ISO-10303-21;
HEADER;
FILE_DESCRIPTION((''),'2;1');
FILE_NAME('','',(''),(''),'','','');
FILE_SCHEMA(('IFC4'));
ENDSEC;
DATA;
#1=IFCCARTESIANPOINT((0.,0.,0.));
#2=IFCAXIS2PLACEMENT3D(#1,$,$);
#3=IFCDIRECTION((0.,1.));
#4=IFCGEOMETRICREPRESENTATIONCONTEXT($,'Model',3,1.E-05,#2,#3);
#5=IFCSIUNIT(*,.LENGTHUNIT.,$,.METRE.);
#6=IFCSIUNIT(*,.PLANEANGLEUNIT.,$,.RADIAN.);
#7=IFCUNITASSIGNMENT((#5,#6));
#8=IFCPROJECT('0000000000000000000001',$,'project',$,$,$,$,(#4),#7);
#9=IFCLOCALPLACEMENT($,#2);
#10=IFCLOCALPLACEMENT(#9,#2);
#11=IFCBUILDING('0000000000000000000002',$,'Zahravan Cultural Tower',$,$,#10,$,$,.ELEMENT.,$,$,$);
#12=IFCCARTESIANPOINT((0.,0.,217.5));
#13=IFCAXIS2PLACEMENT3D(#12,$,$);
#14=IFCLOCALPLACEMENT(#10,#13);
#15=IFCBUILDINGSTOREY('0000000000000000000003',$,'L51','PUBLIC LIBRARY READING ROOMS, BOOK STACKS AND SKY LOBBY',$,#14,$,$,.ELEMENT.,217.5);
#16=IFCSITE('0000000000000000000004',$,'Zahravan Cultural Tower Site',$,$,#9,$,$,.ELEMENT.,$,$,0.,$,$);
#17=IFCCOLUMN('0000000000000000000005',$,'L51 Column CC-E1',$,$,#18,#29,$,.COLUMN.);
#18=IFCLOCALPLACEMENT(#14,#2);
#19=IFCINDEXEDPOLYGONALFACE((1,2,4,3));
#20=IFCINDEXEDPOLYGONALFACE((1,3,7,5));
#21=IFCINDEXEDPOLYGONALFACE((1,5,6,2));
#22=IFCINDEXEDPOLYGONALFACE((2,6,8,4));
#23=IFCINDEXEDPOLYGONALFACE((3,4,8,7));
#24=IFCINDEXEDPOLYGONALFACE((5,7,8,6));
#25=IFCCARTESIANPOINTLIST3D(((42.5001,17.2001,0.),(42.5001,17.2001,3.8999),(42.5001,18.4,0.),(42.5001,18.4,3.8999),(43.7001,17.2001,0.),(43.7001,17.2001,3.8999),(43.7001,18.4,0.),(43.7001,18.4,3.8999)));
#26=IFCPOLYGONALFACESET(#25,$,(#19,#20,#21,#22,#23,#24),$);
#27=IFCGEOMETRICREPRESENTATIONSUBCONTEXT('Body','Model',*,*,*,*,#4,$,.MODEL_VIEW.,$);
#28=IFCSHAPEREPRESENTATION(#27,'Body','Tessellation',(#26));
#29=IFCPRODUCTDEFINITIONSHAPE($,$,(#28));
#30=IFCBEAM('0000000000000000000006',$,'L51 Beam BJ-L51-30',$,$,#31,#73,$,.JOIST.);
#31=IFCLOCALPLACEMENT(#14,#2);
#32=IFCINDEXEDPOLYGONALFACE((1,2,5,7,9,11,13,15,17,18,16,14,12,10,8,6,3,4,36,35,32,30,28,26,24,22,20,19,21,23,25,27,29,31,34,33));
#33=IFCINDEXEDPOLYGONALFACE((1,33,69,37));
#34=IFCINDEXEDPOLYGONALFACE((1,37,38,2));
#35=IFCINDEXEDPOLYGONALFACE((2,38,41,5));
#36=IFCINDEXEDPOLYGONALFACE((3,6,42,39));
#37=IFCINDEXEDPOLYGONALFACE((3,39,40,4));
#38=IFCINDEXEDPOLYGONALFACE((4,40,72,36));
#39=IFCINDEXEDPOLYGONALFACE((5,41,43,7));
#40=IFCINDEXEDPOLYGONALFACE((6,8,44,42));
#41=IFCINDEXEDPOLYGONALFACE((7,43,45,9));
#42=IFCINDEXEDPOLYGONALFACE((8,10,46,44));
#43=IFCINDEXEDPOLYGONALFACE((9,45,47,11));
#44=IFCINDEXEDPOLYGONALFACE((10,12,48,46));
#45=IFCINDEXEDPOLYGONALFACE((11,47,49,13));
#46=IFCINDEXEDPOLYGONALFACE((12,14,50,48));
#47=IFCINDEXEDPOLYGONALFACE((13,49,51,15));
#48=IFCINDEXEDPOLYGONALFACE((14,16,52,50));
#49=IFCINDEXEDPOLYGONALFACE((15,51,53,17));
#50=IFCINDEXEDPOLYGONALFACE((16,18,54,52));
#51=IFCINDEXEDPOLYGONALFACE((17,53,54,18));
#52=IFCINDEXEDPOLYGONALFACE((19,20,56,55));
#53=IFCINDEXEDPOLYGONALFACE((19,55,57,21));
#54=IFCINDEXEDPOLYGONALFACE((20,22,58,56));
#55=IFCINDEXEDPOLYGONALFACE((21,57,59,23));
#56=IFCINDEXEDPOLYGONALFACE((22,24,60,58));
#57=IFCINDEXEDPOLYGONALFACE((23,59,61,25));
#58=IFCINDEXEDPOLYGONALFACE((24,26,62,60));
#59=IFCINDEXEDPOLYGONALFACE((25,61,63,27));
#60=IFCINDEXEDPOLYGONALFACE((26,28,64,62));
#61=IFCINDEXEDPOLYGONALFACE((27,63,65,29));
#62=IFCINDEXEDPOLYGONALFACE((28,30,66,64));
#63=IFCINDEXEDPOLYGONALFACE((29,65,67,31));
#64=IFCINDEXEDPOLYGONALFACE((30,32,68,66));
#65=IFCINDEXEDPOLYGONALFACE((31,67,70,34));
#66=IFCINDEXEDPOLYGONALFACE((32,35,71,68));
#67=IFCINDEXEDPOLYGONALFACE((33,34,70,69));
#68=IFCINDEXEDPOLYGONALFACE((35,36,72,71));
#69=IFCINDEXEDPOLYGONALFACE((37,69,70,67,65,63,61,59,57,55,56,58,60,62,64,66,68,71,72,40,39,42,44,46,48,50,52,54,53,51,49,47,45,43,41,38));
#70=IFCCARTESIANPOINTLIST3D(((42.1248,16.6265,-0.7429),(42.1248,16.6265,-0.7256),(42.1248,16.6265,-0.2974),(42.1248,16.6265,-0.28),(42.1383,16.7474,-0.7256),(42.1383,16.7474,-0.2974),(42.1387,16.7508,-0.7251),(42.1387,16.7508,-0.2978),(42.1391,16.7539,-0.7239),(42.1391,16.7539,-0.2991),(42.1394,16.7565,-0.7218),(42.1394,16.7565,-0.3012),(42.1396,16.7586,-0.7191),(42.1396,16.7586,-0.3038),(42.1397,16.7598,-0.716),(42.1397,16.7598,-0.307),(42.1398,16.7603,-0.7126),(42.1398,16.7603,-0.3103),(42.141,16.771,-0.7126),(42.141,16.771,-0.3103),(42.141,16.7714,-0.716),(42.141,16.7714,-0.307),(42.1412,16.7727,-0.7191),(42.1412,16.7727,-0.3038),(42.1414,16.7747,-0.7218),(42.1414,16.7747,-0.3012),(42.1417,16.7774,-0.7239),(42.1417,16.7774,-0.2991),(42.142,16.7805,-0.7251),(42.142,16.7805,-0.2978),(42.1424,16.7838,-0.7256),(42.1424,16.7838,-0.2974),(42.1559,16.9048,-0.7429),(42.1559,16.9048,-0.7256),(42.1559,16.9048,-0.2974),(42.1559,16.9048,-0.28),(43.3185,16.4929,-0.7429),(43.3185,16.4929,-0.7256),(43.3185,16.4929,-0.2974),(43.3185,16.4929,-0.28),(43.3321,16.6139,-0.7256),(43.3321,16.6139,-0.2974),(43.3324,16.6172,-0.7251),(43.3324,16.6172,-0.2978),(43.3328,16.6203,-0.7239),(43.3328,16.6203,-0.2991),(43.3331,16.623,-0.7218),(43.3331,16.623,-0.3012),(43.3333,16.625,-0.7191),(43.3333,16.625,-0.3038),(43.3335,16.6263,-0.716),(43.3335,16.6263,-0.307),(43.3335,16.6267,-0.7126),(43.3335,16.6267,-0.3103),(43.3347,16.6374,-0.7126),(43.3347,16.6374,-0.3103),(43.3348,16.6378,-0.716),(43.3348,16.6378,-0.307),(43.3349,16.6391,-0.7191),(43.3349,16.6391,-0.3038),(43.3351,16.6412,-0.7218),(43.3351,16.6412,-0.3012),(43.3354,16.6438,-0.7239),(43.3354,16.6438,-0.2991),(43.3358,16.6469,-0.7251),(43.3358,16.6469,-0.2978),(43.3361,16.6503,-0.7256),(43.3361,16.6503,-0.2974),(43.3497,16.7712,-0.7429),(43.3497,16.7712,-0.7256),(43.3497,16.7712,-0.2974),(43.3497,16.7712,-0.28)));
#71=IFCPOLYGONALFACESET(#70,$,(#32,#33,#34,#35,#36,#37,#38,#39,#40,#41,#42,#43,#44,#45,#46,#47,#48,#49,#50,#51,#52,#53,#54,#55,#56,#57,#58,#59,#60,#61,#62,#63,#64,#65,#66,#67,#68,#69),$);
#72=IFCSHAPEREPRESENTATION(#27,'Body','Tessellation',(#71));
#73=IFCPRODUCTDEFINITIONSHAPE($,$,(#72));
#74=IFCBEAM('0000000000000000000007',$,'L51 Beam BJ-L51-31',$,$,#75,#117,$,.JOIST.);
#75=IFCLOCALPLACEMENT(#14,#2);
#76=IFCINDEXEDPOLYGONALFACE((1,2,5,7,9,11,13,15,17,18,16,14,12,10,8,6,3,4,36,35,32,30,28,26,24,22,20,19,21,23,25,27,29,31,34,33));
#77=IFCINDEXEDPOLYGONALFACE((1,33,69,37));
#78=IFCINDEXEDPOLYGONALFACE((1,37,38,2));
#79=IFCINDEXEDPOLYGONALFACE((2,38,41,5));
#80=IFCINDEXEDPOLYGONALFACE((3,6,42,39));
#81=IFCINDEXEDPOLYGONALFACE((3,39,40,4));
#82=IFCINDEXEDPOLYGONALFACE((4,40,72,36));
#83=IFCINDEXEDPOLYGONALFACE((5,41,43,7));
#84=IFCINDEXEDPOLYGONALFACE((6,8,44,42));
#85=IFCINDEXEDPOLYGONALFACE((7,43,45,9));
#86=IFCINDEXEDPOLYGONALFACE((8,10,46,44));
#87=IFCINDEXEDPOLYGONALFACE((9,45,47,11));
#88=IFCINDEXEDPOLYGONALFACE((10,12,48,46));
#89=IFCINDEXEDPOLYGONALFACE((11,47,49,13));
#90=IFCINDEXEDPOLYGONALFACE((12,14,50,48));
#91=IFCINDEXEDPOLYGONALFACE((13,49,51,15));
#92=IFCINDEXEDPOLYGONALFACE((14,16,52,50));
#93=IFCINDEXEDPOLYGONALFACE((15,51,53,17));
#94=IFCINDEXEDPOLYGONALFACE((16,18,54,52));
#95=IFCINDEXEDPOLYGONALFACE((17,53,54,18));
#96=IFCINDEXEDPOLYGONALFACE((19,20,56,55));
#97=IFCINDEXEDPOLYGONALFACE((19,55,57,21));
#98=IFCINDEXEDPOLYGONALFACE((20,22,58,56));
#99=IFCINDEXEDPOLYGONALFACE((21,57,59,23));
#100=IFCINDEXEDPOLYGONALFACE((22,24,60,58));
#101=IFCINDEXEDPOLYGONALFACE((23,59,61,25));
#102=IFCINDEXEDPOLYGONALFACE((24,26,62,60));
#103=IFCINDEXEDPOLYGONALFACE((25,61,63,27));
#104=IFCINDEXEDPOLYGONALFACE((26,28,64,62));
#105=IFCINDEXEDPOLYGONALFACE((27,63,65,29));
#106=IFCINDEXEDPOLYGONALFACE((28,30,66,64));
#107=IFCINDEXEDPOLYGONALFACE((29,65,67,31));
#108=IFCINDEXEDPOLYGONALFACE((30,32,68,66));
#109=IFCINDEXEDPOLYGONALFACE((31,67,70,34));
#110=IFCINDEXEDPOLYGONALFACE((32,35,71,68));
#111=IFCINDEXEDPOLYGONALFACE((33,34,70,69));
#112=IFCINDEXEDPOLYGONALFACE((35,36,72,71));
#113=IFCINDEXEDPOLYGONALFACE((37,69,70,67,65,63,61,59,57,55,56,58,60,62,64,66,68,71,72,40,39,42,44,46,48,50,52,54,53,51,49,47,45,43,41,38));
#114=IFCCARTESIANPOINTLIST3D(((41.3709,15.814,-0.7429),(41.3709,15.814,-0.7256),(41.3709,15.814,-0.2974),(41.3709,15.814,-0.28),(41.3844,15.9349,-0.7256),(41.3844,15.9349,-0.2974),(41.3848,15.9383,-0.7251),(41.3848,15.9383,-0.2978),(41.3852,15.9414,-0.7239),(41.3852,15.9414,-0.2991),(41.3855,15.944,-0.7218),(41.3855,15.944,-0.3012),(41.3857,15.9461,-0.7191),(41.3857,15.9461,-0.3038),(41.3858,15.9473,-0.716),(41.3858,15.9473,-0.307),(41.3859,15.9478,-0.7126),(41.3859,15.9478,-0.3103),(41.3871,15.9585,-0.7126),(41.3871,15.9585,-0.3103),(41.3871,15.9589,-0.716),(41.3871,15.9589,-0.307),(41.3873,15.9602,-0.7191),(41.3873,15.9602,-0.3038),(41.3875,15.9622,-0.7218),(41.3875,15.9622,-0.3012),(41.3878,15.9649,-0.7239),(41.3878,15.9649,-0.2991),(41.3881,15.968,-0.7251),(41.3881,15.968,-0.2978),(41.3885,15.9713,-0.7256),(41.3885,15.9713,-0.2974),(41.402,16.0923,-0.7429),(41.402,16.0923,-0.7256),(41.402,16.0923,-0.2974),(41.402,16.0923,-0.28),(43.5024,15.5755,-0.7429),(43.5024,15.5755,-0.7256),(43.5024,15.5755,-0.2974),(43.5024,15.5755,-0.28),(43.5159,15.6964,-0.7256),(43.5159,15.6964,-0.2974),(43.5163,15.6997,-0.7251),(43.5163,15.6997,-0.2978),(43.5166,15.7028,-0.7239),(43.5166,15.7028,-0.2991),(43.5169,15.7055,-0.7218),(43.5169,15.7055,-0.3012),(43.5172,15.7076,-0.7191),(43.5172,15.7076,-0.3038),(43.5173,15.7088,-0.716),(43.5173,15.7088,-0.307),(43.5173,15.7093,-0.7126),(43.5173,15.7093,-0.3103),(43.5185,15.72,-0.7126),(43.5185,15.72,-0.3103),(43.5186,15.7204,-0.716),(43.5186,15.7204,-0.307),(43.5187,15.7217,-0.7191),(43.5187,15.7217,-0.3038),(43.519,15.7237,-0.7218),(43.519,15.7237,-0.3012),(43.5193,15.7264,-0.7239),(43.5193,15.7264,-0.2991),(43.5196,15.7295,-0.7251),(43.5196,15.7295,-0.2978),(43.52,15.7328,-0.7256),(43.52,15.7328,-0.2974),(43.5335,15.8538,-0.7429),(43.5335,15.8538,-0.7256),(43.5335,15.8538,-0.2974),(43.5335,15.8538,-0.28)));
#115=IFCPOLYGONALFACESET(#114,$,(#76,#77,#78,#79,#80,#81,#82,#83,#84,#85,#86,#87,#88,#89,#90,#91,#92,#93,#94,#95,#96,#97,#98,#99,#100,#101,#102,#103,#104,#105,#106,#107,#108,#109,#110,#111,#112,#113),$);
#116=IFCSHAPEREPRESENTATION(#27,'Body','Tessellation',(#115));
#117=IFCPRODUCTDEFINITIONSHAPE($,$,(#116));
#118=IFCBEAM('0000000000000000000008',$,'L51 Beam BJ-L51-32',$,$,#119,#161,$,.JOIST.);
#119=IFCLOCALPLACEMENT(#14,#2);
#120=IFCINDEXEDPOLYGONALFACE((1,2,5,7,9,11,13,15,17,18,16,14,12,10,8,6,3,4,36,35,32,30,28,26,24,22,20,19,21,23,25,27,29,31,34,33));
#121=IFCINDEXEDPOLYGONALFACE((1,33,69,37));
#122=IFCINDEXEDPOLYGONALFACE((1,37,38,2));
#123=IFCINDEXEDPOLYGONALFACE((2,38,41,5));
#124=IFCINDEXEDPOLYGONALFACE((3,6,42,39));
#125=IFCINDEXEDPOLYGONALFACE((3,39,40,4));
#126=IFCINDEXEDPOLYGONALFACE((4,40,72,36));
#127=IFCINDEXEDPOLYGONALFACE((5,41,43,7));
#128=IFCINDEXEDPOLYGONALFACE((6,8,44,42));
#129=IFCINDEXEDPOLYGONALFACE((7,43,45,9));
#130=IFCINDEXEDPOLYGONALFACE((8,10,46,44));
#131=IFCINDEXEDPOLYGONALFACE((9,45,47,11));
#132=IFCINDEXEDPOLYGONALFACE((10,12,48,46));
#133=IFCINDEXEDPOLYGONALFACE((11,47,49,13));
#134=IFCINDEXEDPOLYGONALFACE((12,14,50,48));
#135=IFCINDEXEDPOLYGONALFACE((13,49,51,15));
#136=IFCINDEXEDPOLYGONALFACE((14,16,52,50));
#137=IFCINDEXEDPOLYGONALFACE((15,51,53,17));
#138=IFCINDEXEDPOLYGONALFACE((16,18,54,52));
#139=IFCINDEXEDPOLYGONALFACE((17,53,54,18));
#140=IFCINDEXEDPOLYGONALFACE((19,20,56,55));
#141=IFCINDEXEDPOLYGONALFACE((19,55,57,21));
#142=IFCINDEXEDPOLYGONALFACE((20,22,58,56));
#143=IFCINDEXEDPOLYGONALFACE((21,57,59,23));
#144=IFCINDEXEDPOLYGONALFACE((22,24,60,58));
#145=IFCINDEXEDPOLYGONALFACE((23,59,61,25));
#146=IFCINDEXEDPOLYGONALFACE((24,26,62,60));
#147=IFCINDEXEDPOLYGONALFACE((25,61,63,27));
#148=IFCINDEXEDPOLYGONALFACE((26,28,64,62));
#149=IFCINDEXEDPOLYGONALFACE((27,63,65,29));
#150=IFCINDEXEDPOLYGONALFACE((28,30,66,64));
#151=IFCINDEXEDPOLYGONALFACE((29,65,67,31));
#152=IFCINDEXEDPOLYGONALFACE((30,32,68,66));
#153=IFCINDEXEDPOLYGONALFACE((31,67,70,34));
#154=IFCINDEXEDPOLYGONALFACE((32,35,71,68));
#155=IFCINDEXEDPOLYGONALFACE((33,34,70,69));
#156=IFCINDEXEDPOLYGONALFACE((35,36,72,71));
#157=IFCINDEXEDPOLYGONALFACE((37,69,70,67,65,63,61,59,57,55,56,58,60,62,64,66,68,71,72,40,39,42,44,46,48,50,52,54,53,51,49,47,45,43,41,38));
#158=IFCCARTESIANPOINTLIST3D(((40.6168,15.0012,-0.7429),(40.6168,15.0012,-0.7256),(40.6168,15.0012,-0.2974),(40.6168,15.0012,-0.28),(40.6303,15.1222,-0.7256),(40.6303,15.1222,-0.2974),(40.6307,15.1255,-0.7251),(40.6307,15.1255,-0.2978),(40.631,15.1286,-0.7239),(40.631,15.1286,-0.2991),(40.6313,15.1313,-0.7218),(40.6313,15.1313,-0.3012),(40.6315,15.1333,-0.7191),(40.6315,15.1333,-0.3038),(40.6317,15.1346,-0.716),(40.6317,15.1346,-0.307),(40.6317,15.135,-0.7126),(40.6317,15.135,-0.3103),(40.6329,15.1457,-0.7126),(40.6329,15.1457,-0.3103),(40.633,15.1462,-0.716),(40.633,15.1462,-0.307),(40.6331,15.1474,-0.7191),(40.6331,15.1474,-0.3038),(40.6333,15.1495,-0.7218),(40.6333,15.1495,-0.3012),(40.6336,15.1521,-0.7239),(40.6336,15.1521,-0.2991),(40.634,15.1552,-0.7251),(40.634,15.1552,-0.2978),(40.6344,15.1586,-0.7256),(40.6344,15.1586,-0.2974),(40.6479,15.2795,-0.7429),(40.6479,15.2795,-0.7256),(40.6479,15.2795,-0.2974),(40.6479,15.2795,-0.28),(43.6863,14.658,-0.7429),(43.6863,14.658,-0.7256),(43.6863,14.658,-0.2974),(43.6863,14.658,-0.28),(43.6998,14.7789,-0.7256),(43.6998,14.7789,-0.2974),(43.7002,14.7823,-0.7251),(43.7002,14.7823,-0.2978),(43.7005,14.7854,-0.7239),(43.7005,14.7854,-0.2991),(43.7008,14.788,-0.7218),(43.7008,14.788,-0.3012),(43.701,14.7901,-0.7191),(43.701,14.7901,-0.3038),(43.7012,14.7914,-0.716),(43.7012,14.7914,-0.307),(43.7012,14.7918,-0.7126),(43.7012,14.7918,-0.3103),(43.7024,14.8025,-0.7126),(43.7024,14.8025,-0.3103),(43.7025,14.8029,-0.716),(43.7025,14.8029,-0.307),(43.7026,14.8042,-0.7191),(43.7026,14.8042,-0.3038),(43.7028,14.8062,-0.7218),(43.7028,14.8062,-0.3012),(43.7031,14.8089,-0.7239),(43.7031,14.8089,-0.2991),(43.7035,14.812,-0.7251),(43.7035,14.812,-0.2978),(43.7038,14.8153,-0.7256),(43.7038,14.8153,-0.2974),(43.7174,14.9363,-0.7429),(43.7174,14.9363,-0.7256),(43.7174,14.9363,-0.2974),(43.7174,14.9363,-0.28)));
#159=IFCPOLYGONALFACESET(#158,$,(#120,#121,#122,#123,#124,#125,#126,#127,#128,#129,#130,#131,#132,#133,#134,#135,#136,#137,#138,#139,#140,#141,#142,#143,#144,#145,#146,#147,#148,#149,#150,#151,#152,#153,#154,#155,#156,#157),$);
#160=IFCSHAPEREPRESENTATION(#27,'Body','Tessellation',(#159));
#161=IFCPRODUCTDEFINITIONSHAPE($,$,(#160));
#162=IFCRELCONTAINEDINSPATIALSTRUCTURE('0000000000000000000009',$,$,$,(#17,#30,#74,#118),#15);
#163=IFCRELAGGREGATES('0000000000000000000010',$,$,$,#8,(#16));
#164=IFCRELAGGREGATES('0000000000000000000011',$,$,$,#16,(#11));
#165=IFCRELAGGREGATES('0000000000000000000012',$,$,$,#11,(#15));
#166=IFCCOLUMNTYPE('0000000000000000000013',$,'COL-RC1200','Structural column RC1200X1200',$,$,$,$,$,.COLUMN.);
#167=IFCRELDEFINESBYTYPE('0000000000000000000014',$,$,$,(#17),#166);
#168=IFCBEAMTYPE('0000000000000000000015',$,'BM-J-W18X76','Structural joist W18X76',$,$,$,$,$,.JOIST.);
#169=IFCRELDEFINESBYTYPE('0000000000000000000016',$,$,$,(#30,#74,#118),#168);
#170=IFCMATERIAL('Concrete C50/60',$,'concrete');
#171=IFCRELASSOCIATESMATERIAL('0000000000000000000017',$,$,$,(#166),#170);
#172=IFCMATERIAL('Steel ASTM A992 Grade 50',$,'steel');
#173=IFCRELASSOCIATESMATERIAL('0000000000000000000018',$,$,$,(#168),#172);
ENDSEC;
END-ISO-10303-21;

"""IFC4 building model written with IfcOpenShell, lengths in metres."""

from ifc_helpers import new_model, si_unit, direction, frame, origin, origin_2d, place, context, subcontext, project, spatial, rectangle, i_section, extrude, source, transform, mapped, material, material_profile, profile_set, type_object, element, save


model = new_model("IFC4")

# Units and contexts
model_context = context("Model", 3, precision=1e-05, world=origin(), true_north=direction((0.0, 1.0)))
body_context = subcontext(model_context, "Body", "Model", "MODEL_VIEW")
ifc_project = project(units=[si_unit("LENGTHUNIT", "METRE"), si_unit("PLANEANGLEUNIT", "RADIAN")], contexts=[model_context])

# Site, building, storey
site_placement = place(None, origin())
site = spatial("IfcSite", under=ifc_project, at=site_placement, Name="Zahravan Cultural Tower Site", CompositionType="ELEMENT", RefElevation=0.0)
building_placement = place(site_placement, origin())
building = spatial("IfcBuilding", under=site, at=building_placement, Name="Zahravan Cultural Tower", CompositionType="ELEMENT")
storey_placement = place(building_placement, frame((0.0, 0.0, 217.5)))
storey = spatial("IfcBuildingStorey", under=building, at=storey_placement, Name="L51", Description="PUBLIC LIBRARY READING ROOMS, BOOK STACKS AND SKY LOBBY", CompositionType="ELEMENT", Elevation=217.5)

# Column
ifc_material_1 = material(Name="Concrete C50/60", Category="concrete")
ifc_material_profile_1 = material_profile(ifc_material_1, rectangle(XDim=1.2, YDim=1.2, at=origin_2d()), Name="RC1200X1200")
ifc_profile_set_1 = profile_set([ifc_material_profile_1], Name="Concrete C50/60")
column_type = type_object("IfcColumnType", Name="COL-RC1200", Description="Structural column RC1200X1200", PredefinedType="COLUMN", material=ifc_profile_set_1)
shared_shape_1 = source(origin(), body_context, "Body", "SweptSolid", [
    extrude(rectangle(XDim=1.2, YDim=1.2, at=origin_2d()), origin(), (0.0, 0.0, 1.0), 3.8999),
])
column_placement = place(storey_placement, frame((43.1001, 17.8, 0.0), z_axis=(0.0, 0.0, 1.0), x_axis=(1.0, 0.0, 0.0)))
element("IfcColumn", 1, at=column_placement, inside=storey, type_object=column_type, Name="L51 Column CC-E1", PredefinedType="COLUMN", context=body_context, shape_type="MappedRepresentation", body=[
    mapped(shared_shape_1, transform((0.0, 0.0, 0.0), x_axis=(1.0, 0.0, 0.0), y_axis=(0.0, 1.0, 0.0), z_axis=(0.0, 0.0, 1.0), scale=1.0)),
])

# Beams
ifc_material_2 = material(Name="Steel ASTM A992 Grade 50", Category="steel")
ifc_material_profile_2 = material_profile(ifc_material_2, i_section(OverallWidth=0.28, OverallDepth=0.4629, WebThickness=0.0107, FlangeThickness=0.0173, FilletRadius=0.0129, at=origin_2d()), Name="W18X76")
ifc_profile_set_2 = profile_set([ifc_material_profile_2], Name="Steel ASTM A992 Grade 50")
beam_type = type_object("IfcBeamType", Name="BM-J-W18X76", Description="Structural joist W18X76", PredefinedType="JOIST", material=ifc_profile_set_2)
shared_shape_2 = source(origin(), body_context, "Body", "SweptSolid", [
    extrude(i_section(OverallWidth=0.28, OverallDepth=0.4629, WebThickness=0.0107, FlangeThickness=0.0173, FilletRadius=0.0129, at=origin_2d()), origin(), (0.0, 0.0, 1.0), 1.2012),
])
beam_1_placement = place(storey_placement, frame((42.1404, 16.7656, -0.5115), z_axis=(0.993799, -0.11119, 0.0), x_axis=(0.11119, 0.993799, 0.0)))
element("IfcBeam", 2, at=beam_1_placement, inside=storey, type_object=beam_type, Name="L51 Beam BJ-L51-30", PredefinedType="JOIST", context=body_context, shape_type="MappedRepresentation", body=[
    mapped(shared_shape_2, transform((0.0, 0.0, 0.0), x_axis=(1.0, 0.0, 0.0), y_axis=(0.0, 1.0, 0.0), z_axis=(0.0, 0.0, 1.0), scale=1.0)),
])
shared_shape_3 = source(origin(), body_context, "Body", "SweptSolid", [
    extrude(i_section(OverallWidth=0.28, OverallDepth=0.4629, WebThickness=0.0107, FlangeThickness=0.0173, FilletRadius=0.0129, at=origin_2d()), origin(), (0.0, 0.0, 1.0), 2.1448),
])
beam_2_placement = place(storey_placement, frame((41.3865, 15.9531, -0.5115), z_axis=(0.993797, -0.111206, 0.0), x_axis=(0.111206, 0.993797, 0.0)))
element("IfcBeam", 3, at=beam_2_placement, inside=storey, type_object=beam_type, Name="L51 Beam BJ-L51-31", PredefinedType="JOIST", context=body_context, shape_type="MappedRepresentation", body=[
    mapped(shared_shape_3, transform((0.0, 0.0, 0.0), x_axis=(1.0, 0.0, 0.0), y_axis=(0.0, 1.0, 0.0), z_axis=(0.0, 0.0, 1.0), scale=1.0)),
])
shared_shape_4 = source(origin(), body_context, "Body", "SweptSolid", [
    extrude(i_section(OverallWidth=0.28, OverallDepth=0.4629, WebThickness=0.0107, FlangeThickness=0.0173, FilletRadius=0.0129, at=origin_2d()), origin(), (0.0, 0.0, 1.0), 3.0886),
])
beam_3_placement = place(storey_placement, frame((40.6323, 15.1404, -0.5115), z_axis=(0.993805, -0.111134, 0.0), x_axis=(0.111134, 0.993805, 0.0)))
element("IfcBeam", 4, at=beam_3_placement, inside=storey, type_object=beam_type, Name="L51 Beam BJ-L51-32", PredefinedType="JOIST", context=body_context, shape_type="MappedRepresentation", body=[
    mapped(shared_shape_4, transform((0.0, 0.0, 0.0), x_axis=(1.0, 0.0, 0.0), y_axis=(0.0, 1.0, 0.0), z_axis=(0.0, 0.0, 1.0), scale=1.0)),
])

save(model, "model.ifc")
